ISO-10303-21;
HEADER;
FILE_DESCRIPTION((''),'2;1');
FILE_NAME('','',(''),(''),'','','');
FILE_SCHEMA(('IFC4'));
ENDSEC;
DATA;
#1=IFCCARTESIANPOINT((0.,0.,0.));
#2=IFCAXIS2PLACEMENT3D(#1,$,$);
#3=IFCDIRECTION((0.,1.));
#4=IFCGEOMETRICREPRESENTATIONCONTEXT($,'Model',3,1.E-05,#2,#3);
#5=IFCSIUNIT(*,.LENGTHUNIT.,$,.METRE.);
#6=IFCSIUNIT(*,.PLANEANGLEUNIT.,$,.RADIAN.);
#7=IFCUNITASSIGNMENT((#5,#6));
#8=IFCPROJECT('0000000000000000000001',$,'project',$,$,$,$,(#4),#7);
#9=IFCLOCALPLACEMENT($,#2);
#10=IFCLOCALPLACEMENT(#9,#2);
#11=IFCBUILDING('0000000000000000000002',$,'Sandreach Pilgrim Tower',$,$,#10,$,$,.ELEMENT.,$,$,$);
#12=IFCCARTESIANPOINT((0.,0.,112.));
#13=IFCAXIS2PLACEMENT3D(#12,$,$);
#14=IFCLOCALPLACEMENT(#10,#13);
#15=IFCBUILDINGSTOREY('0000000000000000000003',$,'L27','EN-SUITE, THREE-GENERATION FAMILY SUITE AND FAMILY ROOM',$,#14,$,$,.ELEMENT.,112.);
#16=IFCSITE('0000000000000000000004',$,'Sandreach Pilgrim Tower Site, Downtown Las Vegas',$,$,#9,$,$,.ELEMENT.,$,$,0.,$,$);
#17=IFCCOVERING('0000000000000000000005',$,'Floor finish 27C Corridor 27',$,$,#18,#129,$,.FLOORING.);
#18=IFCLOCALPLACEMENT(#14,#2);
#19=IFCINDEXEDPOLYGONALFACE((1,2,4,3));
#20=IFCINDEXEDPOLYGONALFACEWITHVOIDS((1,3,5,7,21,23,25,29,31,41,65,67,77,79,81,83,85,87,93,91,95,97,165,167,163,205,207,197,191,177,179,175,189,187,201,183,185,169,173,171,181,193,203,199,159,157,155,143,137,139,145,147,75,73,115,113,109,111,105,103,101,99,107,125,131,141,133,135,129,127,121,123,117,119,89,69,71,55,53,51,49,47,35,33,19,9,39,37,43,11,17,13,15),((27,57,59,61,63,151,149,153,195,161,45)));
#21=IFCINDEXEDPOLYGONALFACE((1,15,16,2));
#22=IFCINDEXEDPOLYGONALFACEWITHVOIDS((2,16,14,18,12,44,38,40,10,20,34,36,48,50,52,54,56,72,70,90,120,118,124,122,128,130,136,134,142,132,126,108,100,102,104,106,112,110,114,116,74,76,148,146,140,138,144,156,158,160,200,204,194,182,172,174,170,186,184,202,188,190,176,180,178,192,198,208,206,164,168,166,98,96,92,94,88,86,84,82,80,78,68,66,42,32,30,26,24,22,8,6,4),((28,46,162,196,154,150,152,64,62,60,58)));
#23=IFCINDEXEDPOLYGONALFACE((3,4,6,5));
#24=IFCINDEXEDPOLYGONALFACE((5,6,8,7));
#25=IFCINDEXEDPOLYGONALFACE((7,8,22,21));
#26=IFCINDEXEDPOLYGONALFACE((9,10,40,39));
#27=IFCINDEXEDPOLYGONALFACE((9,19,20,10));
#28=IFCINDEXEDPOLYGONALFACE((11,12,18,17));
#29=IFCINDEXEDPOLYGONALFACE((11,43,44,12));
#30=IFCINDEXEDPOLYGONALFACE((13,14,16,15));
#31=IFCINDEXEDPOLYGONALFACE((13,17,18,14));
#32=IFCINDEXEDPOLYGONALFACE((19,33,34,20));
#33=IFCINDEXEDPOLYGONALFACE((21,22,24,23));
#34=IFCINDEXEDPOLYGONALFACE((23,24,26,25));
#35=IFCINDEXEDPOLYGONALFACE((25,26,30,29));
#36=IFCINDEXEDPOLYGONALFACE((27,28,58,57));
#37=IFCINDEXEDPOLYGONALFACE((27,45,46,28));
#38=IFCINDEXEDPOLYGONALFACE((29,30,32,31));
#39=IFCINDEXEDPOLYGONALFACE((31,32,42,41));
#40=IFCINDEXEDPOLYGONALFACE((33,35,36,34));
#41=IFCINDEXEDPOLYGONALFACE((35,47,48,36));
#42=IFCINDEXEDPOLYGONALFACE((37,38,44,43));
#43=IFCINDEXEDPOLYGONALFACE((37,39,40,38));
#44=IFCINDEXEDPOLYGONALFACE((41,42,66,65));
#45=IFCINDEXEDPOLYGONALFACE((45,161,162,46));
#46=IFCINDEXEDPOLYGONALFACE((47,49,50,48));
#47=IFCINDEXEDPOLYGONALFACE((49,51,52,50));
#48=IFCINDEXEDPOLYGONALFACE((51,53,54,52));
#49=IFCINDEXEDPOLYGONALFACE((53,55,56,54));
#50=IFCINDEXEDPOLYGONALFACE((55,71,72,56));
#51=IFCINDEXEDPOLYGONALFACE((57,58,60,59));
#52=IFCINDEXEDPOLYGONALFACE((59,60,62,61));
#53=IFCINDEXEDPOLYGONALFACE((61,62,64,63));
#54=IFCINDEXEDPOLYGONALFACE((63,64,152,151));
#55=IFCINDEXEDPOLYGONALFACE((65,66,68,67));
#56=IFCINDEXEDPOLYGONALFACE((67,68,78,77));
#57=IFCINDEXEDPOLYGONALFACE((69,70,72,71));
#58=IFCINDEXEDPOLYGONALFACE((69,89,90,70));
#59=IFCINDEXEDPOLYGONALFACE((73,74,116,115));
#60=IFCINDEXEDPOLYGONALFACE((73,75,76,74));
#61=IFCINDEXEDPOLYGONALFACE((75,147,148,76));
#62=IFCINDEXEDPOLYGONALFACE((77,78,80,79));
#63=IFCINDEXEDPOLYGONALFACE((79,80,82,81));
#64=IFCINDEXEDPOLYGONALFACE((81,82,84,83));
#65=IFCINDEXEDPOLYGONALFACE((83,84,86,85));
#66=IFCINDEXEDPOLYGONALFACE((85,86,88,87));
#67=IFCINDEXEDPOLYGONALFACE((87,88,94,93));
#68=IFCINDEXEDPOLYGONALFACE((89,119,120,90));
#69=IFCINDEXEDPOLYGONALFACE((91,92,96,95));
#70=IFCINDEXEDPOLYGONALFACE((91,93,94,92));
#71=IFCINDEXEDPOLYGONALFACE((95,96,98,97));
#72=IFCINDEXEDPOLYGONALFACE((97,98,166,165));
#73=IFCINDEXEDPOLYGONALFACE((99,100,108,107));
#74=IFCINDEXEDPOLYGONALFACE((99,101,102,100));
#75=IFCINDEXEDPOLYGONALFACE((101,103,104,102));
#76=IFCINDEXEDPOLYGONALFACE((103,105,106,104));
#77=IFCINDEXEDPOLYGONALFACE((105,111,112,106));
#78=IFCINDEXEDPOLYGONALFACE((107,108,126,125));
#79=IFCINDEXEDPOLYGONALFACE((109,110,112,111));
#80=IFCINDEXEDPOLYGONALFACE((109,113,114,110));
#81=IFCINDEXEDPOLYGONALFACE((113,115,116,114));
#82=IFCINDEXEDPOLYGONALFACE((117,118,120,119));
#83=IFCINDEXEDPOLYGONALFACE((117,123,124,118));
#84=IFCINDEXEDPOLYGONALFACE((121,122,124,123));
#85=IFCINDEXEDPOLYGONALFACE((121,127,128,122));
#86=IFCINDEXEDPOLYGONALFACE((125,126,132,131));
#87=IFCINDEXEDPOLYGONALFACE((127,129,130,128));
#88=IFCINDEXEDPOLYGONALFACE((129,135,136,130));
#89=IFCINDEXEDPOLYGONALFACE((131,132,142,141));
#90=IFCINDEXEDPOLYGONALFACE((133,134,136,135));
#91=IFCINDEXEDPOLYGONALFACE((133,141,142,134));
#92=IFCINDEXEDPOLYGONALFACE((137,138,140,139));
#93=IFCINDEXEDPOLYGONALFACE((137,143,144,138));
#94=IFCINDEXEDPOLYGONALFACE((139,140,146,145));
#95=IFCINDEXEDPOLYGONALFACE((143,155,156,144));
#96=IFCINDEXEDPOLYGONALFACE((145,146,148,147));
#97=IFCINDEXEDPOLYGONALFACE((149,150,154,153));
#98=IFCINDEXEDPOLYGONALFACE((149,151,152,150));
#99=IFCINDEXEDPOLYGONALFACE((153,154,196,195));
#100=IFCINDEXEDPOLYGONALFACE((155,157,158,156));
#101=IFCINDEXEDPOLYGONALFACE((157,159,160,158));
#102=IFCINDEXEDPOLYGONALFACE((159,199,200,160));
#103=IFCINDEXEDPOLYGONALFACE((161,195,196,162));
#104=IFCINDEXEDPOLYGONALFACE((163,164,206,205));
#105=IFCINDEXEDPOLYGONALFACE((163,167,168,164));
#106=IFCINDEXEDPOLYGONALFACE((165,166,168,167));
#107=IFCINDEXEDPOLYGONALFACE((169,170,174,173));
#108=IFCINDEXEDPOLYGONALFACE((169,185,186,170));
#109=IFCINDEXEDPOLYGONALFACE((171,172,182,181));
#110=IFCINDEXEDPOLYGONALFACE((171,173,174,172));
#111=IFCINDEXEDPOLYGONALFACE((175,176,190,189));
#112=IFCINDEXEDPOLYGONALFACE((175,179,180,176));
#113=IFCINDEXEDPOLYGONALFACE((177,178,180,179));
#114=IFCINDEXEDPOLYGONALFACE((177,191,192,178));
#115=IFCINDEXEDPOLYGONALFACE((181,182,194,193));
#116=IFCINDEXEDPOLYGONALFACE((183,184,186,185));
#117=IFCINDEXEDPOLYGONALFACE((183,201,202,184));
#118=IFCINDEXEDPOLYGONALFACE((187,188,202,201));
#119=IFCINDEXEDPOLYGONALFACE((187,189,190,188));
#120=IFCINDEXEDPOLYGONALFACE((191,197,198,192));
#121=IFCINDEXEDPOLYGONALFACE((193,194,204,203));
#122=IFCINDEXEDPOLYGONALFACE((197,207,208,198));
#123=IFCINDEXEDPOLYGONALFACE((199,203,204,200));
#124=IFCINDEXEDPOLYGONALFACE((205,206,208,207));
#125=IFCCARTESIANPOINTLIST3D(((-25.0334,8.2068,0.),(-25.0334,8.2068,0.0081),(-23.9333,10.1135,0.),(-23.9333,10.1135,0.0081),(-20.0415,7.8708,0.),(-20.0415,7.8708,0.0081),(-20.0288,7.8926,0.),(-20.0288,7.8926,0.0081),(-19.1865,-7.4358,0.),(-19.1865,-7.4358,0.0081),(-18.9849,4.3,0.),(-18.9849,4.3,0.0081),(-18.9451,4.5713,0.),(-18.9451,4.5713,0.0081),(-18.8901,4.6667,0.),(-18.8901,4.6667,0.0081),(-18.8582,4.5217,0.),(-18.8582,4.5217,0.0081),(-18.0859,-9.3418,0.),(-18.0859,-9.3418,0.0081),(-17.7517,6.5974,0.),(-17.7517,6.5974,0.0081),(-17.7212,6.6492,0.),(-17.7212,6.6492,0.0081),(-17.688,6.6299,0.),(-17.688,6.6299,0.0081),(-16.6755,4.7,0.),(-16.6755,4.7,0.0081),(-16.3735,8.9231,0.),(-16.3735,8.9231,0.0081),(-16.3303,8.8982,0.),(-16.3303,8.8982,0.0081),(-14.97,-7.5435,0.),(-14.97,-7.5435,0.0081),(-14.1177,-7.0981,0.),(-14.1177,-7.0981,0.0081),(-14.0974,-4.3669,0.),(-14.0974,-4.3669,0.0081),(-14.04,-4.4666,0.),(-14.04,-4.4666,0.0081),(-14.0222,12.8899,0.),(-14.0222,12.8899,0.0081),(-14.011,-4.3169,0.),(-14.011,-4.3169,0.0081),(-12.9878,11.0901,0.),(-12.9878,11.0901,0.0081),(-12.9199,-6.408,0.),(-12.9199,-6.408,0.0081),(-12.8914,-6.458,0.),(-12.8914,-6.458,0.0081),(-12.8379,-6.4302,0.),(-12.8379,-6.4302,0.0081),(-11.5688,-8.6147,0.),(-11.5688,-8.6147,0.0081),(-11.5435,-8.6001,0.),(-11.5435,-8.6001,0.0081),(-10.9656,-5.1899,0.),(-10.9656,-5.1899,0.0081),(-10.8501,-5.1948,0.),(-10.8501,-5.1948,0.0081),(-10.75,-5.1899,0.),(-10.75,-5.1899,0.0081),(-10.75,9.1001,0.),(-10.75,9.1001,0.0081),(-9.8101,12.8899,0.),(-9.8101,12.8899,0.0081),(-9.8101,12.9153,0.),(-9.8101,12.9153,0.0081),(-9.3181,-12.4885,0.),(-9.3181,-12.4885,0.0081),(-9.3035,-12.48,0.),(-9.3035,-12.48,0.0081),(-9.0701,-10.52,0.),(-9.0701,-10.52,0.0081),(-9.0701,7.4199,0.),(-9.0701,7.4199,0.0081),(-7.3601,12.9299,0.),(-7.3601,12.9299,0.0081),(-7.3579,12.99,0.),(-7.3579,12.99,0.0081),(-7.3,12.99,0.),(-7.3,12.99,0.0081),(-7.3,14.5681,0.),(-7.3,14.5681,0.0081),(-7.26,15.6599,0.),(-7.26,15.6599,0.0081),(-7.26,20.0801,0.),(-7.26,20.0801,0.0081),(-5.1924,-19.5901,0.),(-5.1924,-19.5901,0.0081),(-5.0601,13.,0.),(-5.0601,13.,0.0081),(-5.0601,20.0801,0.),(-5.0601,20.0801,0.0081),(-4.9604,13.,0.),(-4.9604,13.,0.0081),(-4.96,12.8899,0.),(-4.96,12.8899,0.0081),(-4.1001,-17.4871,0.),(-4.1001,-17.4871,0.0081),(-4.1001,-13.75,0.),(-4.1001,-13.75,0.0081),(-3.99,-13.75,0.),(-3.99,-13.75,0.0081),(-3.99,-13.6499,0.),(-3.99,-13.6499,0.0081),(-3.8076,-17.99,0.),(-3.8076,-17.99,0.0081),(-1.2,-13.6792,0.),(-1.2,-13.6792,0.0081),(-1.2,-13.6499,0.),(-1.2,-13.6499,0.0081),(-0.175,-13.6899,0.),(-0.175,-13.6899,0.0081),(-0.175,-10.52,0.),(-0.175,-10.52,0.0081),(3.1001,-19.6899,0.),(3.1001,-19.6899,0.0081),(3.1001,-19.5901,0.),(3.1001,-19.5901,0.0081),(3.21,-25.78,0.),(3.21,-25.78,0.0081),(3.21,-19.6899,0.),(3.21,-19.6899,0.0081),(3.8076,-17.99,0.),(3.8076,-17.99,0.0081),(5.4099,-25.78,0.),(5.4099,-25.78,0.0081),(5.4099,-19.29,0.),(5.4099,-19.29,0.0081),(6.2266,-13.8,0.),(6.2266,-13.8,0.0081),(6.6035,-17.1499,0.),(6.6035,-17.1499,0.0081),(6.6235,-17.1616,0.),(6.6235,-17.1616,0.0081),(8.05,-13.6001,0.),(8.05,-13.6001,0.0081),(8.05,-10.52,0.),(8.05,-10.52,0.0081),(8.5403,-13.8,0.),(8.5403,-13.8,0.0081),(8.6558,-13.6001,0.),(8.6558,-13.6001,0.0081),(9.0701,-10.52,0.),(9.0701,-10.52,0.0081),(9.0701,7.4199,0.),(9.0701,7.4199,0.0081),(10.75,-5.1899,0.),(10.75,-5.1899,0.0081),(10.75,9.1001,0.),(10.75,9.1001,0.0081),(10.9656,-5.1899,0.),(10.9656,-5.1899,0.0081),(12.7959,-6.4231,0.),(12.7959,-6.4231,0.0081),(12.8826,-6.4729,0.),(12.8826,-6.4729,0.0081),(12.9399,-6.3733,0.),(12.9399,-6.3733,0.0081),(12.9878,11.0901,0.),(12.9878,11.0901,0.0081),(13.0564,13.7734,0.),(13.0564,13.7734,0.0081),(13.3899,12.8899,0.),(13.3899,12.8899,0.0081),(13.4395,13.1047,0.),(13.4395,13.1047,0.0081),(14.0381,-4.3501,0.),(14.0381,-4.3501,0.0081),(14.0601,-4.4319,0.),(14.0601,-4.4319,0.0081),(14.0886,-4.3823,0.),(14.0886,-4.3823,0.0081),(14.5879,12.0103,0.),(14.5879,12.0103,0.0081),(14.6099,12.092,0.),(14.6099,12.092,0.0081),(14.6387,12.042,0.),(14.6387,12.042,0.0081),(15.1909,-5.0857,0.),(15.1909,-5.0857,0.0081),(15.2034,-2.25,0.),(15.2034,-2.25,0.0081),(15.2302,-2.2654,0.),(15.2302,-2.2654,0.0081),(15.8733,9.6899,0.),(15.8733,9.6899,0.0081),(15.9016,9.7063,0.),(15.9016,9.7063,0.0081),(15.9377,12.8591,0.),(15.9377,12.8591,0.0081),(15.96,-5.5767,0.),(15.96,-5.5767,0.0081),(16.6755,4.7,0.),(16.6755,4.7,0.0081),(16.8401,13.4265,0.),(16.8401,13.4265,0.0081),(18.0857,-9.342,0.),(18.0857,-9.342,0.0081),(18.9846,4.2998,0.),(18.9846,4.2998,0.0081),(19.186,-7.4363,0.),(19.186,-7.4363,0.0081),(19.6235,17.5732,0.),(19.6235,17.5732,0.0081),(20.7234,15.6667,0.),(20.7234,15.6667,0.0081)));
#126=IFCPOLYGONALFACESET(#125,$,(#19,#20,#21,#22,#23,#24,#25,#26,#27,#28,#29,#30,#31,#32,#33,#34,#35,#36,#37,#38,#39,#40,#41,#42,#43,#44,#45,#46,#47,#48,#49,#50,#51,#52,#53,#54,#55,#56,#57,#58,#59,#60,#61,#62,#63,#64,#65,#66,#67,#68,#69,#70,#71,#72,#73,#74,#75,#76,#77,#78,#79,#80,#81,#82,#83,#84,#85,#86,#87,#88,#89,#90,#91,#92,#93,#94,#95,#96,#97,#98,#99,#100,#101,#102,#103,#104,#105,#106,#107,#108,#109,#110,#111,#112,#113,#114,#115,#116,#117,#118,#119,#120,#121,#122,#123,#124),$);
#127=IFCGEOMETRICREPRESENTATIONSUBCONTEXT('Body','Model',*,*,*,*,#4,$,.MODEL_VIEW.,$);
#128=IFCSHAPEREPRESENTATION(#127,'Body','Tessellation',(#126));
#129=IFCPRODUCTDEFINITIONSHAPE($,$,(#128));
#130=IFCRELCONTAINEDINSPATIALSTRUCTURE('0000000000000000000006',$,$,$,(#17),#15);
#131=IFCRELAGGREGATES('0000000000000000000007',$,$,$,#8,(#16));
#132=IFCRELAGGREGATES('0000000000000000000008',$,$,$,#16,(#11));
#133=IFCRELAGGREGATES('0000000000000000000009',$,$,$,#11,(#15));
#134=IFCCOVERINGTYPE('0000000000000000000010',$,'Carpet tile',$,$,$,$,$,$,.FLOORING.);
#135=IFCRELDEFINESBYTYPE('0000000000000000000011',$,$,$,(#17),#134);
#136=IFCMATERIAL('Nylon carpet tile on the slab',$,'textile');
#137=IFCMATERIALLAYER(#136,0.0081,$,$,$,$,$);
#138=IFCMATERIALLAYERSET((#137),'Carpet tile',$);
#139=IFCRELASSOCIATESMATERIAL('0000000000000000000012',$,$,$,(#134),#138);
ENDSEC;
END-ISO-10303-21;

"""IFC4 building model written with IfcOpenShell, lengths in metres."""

from ifc_helpers import new_model, si_unit, direction, frame, origin, place, context, subcontext, project, spatial, polyline, outline, extrude, material, layer, layer_set, type_object, element, save


model = new_model("IFC4")

# Units and contexts
model_context = context("Model", 3, precision=1e-05, world=origin(), true_north=direction((0.0, 1.0)))
body_context = subcontext(model_context, "Body", "Model", "MODEL_VIEW")
ifc_project = project(units=[si_unit("LENGTHUNIT", "METRE"), si_unit("PLANEANGLEUNIT", "RADIAN")], contexts=[model_context])

# Site, building, storey
site_placement = place(None, origin())
site = spatial("IfcSite", under=ifc_project, at=site_placement, Name="Sandreach Pilgrim Tower Site, Downtown Las Vegas", CompositionType="ELEMENT", RefElevation=0.0)
building_placement = place(site_placement, origin())
building = spatial("IfcBuilding", under=site, at=building_placement, Name="Sandreach Pilgrim Tower", CompositionType="ELEMENT")
storey_placement = place(building_placement, frame((0.0, 0.0, 112.0)))
storey = spatial("IfcBuildingStorey", under=building, at=storey_placement, Name="L27", Description="EN-SUITE, THREE-GENERATION FAMILY SUITE AND FAMILY ROOM", CompositionType="ELEMENT", Elevation=112.0)

# Covering
ifc_material_1 = material(Name="Nylon carpet tile on the slab", Category="textile")
ifc_layer_1 = layer(ifc_material_1, 0.0081)
ifc_layer_set_1 = layer_set([ifc_layer_1], Name="Carpet tile")
covering_type_1 = type_object("IfcCoveringType", Name="Carpet tile", PredefinedType="FLOORING", material=ifc_layer_set_1)
covering_1_placement = place(storey_placement, origin())
element("IfcCovering", 1, at=covering_1_placement, inside=storey, type_object=covering_type_1, Name="Floor finish 27C Corridor 27", PredefinedType="FLOORING", context=body_context, shape_type="SweptSolid", body=[
    extrude(outline(polyline([(-25.0334, 8.2068), (-23.9333, 10.1135), (-20.0415, 7.8708), (-20.0288, 7.8926), (-17.7517, 6.5974), (-17.7212, 6.6492), (-17.688, 6.6299), (-16.3735, 8.9231), (-16.3303, 8.8982), (-14.0222, 12.8899), (-9.8101, 12.8899), (-9.8101, 12.9153), (-7.3601, 12.9299), (-7.3579, 12.99), (-7.3, 12.99), (-7.3, 14.5681), (-7.26, 15.6599), (-7.26, 20.0801), (-5.0601, 20.0801), (-5.0601, 13.0), (-4.9604, 13.0), (-4.96, 12.8899), (13.3899, 12.8899), (13.4395, 13.1047), (13.0564, 13.7734), (19.6235, 17.5732), (20.7234, 15.6667), (16.8401, 13.4265), (15.9377, 12.8591), (14.6099, 12.092), (14.6387, 12.042), (14.5879, 12.0103), (15.9016, 9.7063), (15.8733, 9.6899), (18.9846, 4.2998), (15.2034, -2.25), (15.2302, -2.2654), (14.0381, -4.3501), (14.0886, -4.3823), (14.0601, -4.4319), (15.1909, -5.0857), (15.96, -5.5767), (19.186, -7.4363), (18.0857, -9.342), (12.9399, -6.3733), (12.8826, -6.4729), (12.7959, -6.4231), (8.6558, -13.6001), (8.05, -13.6001), (8.05, -10.52), (9.0701, -10.52), (9.0701, 7.4199), (-9.0701, 7.4199), (-9.0701, -10.52), (-0.175, -10.52), (-0.175, -13.6899), (-1.2, -13.6792), (-1.2, -13.6499), (-3.99, -13.6499), (-3.99, -13.75), (-4.1001, -13.75), (-4.1001, -17.4871), (-3.8076, -17.99), (3.8076, -17.99), (6.2266, -13.8), (8.5403, -13.8), (6.6035, -17.1499), (6.6235, -17.1616), (5.4099, -19.29), (5.4099, -25.78), (3.21, -25.78), (3.21, -19.6899), (3.1001, -19.6899), (3.1001, -19.5901), (-5.1924, -19.5901), (-9.3181, -12.4885), (-9.3035, -12.48), (-11.5435, -8.6001), (-11.5688, -8.6147), (-12.8379, -6.4302), (-12.8914, -6.458), (-12.9199, -6.408), (-14.1177, -7.0981), (-14.97, -7.5435), (-18.0859, -9.3418), (-19.1865, -7.4358), (-14.04, -4.4666), (-14.0974, -4.3669), (-14.011, -4.3169), (-18.9849, 4.3), (-18.8582, 4.5217), (-18.9451, 4.5713), (-18.8901, 4.6667), (-25.0334, 8.2068)]), holes=[polyline([(-16.6755, 4.7), (-10.9656, -5.1899), (-10.8501, -5.1948), (-10.75, -5.1899), (-10.75, 9.1001), (10.75, 9.1001), (10.75, -5.1899), (10.9656, -5.1899), (16.6755, 4.7), (12.9878, 11.0901), (-12.9878, 11.0901), (-16.6755, 4.7)])]), origin(), (0.0, 0.0, 1.0), 0.0081),
])

save(model, "model.ifc")
